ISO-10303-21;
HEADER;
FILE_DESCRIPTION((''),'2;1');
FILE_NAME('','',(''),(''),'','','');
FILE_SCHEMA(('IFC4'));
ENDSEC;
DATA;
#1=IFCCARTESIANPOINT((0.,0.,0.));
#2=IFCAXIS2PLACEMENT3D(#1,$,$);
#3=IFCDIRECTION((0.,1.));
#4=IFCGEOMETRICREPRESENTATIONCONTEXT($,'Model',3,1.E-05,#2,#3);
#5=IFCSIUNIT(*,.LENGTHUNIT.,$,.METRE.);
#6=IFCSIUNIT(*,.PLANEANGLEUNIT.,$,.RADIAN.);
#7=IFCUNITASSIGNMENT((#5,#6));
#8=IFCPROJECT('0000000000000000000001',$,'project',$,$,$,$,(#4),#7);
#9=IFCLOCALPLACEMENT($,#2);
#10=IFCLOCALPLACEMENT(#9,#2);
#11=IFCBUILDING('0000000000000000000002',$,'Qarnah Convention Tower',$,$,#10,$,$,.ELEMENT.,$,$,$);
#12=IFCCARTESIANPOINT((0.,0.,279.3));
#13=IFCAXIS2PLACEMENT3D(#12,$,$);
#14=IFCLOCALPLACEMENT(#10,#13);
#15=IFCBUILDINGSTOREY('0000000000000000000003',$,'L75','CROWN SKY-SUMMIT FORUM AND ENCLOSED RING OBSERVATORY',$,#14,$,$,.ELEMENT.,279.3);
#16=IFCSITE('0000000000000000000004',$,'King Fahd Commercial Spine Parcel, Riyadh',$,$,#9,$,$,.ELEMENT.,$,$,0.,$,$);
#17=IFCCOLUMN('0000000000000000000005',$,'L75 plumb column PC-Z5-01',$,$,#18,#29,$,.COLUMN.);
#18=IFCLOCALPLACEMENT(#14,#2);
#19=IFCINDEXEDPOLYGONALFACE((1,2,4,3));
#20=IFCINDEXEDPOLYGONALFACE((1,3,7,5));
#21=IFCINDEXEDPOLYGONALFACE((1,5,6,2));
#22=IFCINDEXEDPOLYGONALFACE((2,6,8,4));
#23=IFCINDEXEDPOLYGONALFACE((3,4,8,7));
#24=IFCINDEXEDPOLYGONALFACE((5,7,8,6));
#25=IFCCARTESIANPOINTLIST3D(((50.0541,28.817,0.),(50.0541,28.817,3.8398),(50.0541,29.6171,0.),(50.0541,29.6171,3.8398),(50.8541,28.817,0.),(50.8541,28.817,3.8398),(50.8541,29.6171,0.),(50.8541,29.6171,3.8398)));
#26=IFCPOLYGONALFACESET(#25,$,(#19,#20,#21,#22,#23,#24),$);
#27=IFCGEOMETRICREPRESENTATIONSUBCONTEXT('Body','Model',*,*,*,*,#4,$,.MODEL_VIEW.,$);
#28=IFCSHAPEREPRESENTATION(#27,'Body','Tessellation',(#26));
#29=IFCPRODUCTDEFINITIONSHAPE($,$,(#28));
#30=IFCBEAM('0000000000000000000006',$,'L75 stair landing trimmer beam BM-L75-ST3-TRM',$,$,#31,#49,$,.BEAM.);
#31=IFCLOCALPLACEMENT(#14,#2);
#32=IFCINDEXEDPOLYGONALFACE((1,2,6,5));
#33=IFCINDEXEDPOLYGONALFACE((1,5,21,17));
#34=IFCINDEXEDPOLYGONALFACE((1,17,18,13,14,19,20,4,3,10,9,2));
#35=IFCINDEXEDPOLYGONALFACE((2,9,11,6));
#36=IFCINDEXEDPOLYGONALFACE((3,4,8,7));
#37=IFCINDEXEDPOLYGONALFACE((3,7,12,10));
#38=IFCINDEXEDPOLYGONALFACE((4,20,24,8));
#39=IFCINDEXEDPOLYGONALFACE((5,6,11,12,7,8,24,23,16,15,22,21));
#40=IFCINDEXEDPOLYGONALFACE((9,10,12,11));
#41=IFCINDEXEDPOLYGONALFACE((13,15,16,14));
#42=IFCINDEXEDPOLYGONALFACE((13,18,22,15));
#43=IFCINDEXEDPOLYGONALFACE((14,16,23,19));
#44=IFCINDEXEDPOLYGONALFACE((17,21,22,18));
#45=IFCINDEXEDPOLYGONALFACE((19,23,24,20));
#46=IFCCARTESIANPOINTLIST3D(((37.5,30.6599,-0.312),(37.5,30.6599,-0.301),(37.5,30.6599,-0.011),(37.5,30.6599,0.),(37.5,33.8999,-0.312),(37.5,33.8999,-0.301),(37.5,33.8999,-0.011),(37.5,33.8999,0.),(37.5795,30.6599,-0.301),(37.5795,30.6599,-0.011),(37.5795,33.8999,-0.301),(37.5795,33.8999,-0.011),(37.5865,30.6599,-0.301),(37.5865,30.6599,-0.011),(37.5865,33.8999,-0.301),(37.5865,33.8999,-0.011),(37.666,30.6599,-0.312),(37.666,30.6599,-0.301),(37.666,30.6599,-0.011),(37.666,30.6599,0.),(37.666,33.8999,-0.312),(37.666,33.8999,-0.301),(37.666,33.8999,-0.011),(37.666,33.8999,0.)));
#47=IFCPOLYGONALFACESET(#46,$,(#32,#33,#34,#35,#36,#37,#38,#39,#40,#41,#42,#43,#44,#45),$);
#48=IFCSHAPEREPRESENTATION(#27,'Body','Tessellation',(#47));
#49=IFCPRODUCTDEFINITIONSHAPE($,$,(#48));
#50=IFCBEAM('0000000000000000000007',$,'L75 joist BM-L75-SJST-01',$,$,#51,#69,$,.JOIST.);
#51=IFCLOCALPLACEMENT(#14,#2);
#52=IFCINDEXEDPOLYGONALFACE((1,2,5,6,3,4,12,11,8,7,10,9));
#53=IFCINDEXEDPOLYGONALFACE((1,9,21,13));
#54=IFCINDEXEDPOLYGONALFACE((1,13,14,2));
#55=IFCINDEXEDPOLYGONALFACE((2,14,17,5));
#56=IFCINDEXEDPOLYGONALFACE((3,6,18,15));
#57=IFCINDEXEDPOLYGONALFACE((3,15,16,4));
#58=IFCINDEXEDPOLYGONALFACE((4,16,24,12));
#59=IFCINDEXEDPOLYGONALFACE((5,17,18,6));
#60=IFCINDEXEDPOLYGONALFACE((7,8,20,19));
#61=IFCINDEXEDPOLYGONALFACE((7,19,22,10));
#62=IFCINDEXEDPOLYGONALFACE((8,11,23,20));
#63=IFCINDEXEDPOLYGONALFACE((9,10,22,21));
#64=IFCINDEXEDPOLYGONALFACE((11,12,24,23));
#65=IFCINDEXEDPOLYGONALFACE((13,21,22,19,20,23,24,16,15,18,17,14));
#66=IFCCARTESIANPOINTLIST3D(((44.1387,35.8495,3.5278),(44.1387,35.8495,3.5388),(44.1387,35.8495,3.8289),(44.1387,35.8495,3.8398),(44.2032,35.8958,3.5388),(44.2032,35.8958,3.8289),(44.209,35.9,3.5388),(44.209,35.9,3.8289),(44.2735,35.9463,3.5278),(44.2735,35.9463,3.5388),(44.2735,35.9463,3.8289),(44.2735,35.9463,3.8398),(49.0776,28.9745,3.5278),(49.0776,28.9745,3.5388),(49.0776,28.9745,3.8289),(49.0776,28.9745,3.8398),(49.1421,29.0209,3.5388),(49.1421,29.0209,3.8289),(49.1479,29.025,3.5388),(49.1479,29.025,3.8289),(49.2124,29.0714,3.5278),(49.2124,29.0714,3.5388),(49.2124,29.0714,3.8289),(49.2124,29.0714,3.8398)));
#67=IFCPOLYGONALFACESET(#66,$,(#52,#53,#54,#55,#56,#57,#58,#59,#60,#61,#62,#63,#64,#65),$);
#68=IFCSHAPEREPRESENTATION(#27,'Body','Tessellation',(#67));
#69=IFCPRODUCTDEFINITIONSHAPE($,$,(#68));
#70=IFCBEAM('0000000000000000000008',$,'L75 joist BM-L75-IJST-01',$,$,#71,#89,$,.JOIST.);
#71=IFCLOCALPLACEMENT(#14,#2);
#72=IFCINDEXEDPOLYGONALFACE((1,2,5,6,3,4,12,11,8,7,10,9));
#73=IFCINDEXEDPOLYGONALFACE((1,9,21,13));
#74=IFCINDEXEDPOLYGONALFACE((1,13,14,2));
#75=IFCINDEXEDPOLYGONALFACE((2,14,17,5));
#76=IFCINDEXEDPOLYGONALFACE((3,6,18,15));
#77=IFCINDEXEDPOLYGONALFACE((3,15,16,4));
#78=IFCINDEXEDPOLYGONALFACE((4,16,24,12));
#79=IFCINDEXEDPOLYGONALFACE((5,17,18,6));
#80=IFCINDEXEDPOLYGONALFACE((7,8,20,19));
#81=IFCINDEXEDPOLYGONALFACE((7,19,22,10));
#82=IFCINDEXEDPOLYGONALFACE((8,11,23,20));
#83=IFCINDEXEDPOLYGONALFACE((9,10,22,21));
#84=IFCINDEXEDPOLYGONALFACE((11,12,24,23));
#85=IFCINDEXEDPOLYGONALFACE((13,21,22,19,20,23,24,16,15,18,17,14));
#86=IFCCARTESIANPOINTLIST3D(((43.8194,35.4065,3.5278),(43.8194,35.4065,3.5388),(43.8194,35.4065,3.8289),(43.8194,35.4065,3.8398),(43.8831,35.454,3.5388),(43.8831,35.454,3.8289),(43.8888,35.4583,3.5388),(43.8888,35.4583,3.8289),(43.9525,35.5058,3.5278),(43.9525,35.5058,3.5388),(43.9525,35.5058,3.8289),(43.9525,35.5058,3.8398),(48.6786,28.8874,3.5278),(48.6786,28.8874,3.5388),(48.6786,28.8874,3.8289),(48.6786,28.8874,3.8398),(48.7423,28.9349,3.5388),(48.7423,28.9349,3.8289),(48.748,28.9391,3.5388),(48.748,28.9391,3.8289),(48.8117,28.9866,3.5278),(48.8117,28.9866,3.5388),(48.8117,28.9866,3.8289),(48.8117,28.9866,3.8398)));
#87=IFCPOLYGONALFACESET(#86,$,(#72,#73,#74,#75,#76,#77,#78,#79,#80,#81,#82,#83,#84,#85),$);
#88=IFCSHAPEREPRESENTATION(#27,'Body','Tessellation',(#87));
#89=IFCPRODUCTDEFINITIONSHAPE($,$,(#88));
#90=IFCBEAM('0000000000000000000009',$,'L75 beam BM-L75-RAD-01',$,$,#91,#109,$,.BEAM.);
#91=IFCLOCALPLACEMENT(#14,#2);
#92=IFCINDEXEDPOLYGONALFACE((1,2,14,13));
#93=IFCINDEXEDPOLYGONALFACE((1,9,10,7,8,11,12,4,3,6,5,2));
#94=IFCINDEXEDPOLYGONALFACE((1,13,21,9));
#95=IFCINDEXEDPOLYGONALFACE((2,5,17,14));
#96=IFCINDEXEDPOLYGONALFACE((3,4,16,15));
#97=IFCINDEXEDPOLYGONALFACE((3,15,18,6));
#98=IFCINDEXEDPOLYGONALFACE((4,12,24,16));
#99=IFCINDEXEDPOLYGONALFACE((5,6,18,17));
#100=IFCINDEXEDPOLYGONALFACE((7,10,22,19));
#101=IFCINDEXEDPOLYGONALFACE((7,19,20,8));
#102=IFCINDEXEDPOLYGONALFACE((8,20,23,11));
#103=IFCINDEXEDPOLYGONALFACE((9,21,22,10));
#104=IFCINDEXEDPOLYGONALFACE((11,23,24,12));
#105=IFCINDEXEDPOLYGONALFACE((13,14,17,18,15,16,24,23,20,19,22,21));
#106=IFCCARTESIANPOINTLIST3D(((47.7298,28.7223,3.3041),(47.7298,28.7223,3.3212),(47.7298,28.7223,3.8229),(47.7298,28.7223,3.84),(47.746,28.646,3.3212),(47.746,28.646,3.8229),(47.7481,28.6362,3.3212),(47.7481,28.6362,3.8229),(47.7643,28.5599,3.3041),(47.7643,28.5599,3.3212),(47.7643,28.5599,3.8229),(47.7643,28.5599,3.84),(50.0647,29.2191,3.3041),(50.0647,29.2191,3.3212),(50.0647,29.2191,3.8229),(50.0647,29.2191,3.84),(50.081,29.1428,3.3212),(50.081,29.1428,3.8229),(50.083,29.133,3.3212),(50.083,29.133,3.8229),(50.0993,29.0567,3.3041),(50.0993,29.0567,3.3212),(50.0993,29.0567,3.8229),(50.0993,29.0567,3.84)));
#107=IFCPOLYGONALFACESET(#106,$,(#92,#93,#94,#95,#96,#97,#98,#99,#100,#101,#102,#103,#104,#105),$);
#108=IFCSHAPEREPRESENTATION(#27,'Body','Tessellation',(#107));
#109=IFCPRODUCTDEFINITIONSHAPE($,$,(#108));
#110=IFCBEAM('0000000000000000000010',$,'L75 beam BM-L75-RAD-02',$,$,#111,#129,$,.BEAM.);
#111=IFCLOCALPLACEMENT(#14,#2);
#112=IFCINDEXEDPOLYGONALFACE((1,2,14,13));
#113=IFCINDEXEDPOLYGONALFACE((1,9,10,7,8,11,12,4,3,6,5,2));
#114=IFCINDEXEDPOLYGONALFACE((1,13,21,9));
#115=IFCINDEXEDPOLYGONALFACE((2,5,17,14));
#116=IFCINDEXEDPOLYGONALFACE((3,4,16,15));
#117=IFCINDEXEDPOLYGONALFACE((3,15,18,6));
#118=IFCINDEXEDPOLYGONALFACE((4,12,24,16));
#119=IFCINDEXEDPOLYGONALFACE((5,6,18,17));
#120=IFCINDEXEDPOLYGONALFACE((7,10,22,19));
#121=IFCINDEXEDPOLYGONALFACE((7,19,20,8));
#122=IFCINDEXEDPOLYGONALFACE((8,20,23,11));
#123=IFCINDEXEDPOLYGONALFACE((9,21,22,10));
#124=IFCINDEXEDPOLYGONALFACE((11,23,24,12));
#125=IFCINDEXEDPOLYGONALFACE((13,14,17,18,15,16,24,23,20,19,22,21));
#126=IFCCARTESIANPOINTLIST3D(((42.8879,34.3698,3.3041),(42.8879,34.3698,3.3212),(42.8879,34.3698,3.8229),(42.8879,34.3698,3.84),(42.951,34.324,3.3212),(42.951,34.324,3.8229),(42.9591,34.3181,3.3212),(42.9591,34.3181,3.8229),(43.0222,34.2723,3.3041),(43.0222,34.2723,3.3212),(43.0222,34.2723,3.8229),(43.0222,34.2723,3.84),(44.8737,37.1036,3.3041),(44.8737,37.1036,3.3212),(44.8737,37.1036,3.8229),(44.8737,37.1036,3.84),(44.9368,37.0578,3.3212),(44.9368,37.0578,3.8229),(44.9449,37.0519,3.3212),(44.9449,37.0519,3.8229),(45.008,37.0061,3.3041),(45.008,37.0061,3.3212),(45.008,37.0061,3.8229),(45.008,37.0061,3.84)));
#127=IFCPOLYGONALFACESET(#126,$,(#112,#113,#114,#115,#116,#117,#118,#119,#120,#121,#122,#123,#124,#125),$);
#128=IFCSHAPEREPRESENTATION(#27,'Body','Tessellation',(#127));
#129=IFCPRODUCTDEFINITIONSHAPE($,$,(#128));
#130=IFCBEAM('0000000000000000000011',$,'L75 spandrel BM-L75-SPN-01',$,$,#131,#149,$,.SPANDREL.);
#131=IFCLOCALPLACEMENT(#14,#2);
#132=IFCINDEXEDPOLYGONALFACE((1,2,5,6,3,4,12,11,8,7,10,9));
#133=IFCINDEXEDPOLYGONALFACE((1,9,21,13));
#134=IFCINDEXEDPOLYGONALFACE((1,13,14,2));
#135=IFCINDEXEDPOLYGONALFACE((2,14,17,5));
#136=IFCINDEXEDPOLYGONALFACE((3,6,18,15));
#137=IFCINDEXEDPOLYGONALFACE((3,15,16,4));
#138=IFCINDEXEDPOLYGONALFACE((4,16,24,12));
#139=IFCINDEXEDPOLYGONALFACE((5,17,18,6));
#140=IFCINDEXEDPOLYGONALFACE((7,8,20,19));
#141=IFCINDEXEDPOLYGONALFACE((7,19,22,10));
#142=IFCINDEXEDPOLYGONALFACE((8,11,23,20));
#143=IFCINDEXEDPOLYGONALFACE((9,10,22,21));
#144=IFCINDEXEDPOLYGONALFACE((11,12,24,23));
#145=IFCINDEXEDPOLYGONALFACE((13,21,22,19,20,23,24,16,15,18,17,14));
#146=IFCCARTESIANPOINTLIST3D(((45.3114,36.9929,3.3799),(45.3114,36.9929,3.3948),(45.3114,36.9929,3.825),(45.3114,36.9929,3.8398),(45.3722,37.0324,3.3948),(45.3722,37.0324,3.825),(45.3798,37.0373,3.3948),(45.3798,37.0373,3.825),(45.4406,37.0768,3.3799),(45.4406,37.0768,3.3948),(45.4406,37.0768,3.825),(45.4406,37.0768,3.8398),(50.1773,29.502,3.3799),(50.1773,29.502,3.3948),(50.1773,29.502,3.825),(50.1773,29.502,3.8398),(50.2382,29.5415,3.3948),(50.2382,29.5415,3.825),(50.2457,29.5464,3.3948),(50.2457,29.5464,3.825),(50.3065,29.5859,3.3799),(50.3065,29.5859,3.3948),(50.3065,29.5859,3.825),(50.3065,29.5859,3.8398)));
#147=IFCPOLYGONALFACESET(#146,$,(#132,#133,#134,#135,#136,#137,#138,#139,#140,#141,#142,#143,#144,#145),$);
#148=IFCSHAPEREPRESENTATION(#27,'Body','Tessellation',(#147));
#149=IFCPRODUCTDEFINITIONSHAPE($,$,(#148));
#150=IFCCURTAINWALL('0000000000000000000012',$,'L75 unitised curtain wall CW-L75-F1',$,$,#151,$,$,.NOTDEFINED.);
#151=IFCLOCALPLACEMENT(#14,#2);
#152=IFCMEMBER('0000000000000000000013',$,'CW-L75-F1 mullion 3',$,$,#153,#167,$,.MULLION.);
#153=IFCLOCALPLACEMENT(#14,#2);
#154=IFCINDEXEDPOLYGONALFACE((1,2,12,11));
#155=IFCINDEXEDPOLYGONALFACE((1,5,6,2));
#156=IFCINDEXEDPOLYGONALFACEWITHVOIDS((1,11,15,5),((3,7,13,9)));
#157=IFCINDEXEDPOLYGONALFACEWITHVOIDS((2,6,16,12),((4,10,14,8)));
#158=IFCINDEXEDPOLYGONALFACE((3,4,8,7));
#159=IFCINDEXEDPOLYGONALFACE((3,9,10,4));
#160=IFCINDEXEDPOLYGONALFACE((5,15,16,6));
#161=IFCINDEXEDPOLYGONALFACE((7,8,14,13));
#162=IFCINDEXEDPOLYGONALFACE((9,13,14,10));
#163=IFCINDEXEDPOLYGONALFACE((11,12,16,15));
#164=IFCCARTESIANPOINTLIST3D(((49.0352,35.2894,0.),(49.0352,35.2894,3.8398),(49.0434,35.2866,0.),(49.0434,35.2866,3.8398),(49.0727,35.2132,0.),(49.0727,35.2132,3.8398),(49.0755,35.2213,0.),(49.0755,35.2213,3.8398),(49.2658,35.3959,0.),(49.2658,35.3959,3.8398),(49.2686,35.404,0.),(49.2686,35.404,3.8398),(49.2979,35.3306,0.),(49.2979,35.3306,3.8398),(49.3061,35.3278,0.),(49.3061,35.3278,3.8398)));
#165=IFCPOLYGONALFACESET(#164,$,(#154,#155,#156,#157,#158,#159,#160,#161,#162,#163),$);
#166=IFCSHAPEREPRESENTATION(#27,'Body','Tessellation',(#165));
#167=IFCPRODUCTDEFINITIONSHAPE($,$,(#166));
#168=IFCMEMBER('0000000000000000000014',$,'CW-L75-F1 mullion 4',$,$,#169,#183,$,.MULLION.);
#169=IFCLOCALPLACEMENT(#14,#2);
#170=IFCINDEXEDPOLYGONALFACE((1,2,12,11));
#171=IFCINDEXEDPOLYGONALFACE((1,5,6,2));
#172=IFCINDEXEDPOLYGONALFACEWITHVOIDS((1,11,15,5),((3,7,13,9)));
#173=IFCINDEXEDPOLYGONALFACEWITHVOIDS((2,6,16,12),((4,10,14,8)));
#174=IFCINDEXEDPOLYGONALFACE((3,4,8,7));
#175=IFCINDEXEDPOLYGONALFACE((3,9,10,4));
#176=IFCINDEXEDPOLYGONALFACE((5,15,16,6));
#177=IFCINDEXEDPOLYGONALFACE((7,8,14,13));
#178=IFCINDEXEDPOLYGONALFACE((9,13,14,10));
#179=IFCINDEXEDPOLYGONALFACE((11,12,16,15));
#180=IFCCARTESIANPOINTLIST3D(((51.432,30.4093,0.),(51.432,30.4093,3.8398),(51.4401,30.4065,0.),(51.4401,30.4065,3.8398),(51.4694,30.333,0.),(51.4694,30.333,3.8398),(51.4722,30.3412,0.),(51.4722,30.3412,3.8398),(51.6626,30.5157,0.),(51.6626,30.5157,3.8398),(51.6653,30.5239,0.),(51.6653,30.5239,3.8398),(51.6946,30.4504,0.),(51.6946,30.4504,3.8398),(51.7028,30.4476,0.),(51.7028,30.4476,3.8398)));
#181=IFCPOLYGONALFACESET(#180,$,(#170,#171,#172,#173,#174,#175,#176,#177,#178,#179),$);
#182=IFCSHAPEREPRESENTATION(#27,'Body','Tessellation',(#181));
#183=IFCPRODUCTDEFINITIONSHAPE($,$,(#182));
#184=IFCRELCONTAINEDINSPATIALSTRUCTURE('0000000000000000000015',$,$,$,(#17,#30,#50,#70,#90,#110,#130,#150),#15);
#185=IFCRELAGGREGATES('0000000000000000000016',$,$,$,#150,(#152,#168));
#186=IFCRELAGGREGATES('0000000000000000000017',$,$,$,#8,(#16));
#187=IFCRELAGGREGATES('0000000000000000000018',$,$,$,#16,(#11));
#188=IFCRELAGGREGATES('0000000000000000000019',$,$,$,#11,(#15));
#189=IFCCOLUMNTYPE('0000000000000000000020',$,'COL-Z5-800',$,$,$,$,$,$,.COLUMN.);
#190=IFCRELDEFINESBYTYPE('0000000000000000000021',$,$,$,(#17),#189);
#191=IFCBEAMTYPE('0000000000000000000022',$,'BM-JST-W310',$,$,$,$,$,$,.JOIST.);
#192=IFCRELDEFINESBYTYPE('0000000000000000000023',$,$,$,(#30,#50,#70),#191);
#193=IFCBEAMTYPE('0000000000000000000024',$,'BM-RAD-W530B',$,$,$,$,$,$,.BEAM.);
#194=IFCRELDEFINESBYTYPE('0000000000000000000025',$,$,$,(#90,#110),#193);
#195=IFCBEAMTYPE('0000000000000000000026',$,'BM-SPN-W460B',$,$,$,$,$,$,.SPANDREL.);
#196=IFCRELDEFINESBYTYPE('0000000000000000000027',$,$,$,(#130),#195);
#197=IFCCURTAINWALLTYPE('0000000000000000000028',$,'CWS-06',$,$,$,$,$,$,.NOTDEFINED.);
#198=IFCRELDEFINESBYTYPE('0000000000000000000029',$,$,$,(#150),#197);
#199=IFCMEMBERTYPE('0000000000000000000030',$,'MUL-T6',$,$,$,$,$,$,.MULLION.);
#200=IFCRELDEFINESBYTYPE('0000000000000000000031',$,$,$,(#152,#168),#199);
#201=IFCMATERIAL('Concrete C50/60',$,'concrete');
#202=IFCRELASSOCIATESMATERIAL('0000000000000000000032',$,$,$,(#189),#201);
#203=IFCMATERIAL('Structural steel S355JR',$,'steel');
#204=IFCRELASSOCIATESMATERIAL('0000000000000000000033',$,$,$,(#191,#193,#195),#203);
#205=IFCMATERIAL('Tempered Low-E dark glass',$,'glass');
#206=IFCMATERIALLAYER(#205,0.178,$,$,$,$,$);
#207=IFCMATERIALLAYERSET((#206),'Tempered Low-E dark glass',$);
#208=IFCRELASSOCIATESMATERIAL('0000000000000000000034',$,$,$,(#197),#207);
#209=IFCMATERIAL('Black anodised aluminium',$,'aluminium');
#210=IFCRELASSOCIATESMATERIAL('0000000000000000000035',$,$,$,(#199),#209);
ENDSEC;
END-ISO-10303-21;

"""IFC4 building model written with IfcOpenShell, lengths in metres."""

from ifc_helpers import new_model, si_unit, direction, frame, origin, origin_2d, place, context, subcontext, project, spatial, rectangle, hollow_rectangle, i_section, extrude, material, layer, layer_set, material_profile, profile_set, type_object, element, aggregate, save


model = new_model("IFC4")

# Units and contexts
model_context = context("Model", 3, precision=1e-05, world=origin(), true_north=direction((0.0, 1.0)))
body_context = subcontext(model_context, "Body", "Model", "MODEL_VIEW")
ifc_project = project(units=[si_unit("LENGTHUNIT", "METRE"), si_unit("PLANEANGLEUNIT", "RADIAN")], contexts=[model_context])

# Site, building, storey
site_placement = place(None, origin())
site = spatial("IfcSite", under=ifc_project, at=site_placement, Name="King Fahd Commercial Spine Parcel, Riyadh", CompositionType="ELEMENT", RefElevation=0.0)
building_placement = place(site_placement, origin())
building = spatial("IfcBuilding", under=site, at=building_placement, Name="Qarnah Convention Tower", CompositionType="ELEMENT")
storey_placement = place(building_placement, frame((0.0, 0.0, 279.3)))
storey = spatial("IfcBuildingStorey", under=building, at=storey_placement, Name="L75", Description="CROWN SKY-SUMMIT FORUM AND ENCLOSED RING OBSERVATORY", CompositionType="ELEMENT", Elevation=279.3)

# Column
ifc_material_1 = material(Name="Concrete C50/60", Category="concrete")
ifc_material_profile_1 = material_profile(ifc_material_1, rectangle(XDim=0.8, YDim=0.8, at=origin_2d()), Name="RC-COL-800X800")
ifc_profile_set_1 = profile_set([ifc_material_profile_1], Name="Concrete C50/60")
column_type = type_object("IfcColumnType", Name="COL-Z5-800", PredefinedType="COLUMN", material=ifc_profile_set_1)
column_placement = place(storey_placement, frame((50.4541, 29.217, 0.0), z_axis=(0.0, 0.0, 1.0), x_axis=(1.0, 0.0, 0.0)))
element("IfcColumn", 1, at=column_placement, inside=storey, type_object=column_type, Name="L75 plumb column PC-Z5-01", PredefinedType="COLUMN", context=body_context, shape_type="SweptSolid", body=[
    extrude(rectangle(XDim=0.8, YDim=0.8, at=origin_2d()), origin(), (0.0, 0.0, 1.0), 3.8398),
])

# Beams
ifc_material_2 = material(Name="Structural steel S355JR", Category="steel")
ifc_material_profile_2 = material_profile(ifc_material_2, i_section(OverallWidth=0.166, OverallDepth=0.312, WebThickness=0.0071, FlangeThickness=0.011, at=origin_2d()), Name="W310X45")
ifc_profile_set_2 = profile_set([ifc_material_profile_2], Name="Structural steel S355JR")
beam_type_1 = type_object("IfcBeamType", Name="BM-JST-W310", PredefinedType="JOIST", material=ifc_profile_set_2)
beam_1_placement = place(storey_placement, frame((37.583, 30.6599, -0.156), z_axis=(0.0, 1.0, 0.0), x_axis=(-1.0, 0.0, 0.0)))
element("IfcBeam", 2, at=beam_1_placement, inside=storey, type_object=beam_type_1, Name="L75 stair landing trimmer beam BM-L75-ST3-TRM", PredefinedType="BEAM", context=body_context, shape_type="SweptSolid", body=[
    extrude(i_section(OverallWidth=0.166, OverallDepth=0.312, WebThickness=0.0071, FlangeThickness=0.011, at=origin_2d()), origin(), (0.0, 0.0, 1.0), 3.24),
])
beam_2_placement = place(storey_placement, frame((49.145, 29.0229, 3.6838), z_axis=(-0.583446, 0.812152, 0.0), x_axis=(-0.812152, -0.583446, 0.0)))
element("IfcBeam", 3, at=beam_2_placement, inside=storey, type_object=beam_type_1, Name="L75 joist BM-L75-SJST-01", PredefinedType="JOIST", context=body_context, shape_type="SweptSolid", body=[
    extrude(i_section(OverallWidth=0.166, OverallDepth=0.312, WebThickness=0.0071, FlangeThickness=0.011, at=origin_2d()), origin(), (0.0, 0.0, 1.0), 8.4651),
])
beam_3_placement = place(storey_placement, frame((48.7451, 28.937, 3.6838), z_axis=(-0.597624, 0.801776, 0.0), x_axis=(-0.801776, -0.597624, 0.0)))
element("IfcBeam", 4, at=beam_3_placement, inside=storey, type_object=beam_type_1, Name="L75 joist BM-L75-IJST-01", PredefinedType="JOIST", context=body_context, shape_type="SweptSolid", body=[
    extrude(i_section(OverallWidth=0.166, OverallDepth=0.312, WebThickness=0.0071, FlangeThickness=0.011, at=origin_2d()), origin(), (0.0, 0.0, 1.0), 8.1309),
])
ifc_material_profile_3 = material_profile(ifc_material_2, i_section(OverallWidth=0.166, OverallDepth=0.5359, WebThickness=0.01, FlangeThickness=0.0171, at=origin_2d()), Name="W530X85")
ifc_profile_set_3 = profile_set([ifc_material_profile_3], Name="Structural steel S355JR")
beam_type_2 = type_object("IfcBeamType", Name="BM-RAD-W530B", PredefinedType="BEAM", material=ifc_profile_set_3)
beam_4_placement = place(storey_placement, frame((47.7471, 28.6411, 3.572), z_axis=(0.978104, 0.208118, 0.0), x_axis=(-0.208118, 0.978104, 0.0)))
element("IfcBeam", 5, at=beam_4_placement, inside=storey, type_object=beam_type_2, Name="L75 beam BM-L75-RAD-01", PredefinedType="BEAM", context=body_context, shape_type="SweptSolid", body=[
    extrude(i_section(OverallWidth=0.166, OverallDepth=0.5359, WebThickness=0.01, FlangeThickness=0.0171, at=origin_2d()), origin(), (0.0, 0.0, 1.0), 2.3872),
])
beam_5_placement = place(storey_placement, frame((42.9551, 34.321, 3.572), z_axis=(0.587699, 0.80908, 0.0), x_axis=(-0.80908, 0.587699, 0.0)))
element("IfcBeam", 6, at=beam_5_placement, inside=storey, type_object=beam_type_2, Name="L75 beam BM-L75-RAD-02", PredefinedType="BEAM", context=body_context, shape_type="SweptSolid", body=[
    extrude(i_section(OverallWidth=0.166, OverallDepth=0.5359, WebThickness=0.01, FlangeThickness=0.0171, at=origin_2d()), origin(), (0.0, 0.0, 1.0), 3.3789),
])
ifc_material_profile_4 = material_profile(ifc_material_2, i_section(OverallWidth=0.1541, OverallDepth=0.46, WebThickness=0.009, FlangeThickness=0.0149, at=origin_2d()), Name="W460X68")
ifc_profile_set_4 = profile_set([ifc_material_profile_4], Name="Structural steel S355JR")
beam_type_3 = type_object("IfcBeamType", Name="BM-SPN-W460B", PredefinedType="SPANDREL", material=ifc_profile_set_4)
beam_6_placement = place(storey_placement, frame((50.2419, 29.5439, 3.6099), z_axis=(-0.54474, 0.838605, 0.0), x_axis=(-0.838605, -0.54474, 0.0)))
element("IfcBeam", 7, at=beam_6_placement, inside=storey, type_object=beam_type_3, Name="L75 spandrel BM-L75-SPN-01", PredefinedType="SPANDREL", context=body_context, shape_type="SweptSolid", body=[
    extrude(i_section(OverallWidth=0.1541, OverallDepth=0.46, WebThickness=0.009, FlangeThickness=0.0149, at=origin_2d()), origin(), (0.0, 0.0, 1.0), 8.9326),
])

# Curtain wall, members
ifc_material_3 = material(Name="Tempered Low-E dark glass", Category="glass")
ifc_layer_1 = layer(ifc_material_3, 0.178)
ifc_layer_set_1 = layer_set([ifc_layer_1], Name="Tempered Low-E dark glass")
curtain_wall_type = type_object("IfcCurtainWallType", Name="CWS-06", PredefinedType="NOTDEFINED", material=ifc_layer_set_1)
curtain_wall_placement = place(storey_placement, origin())
curtain_wall = element("IfcCurtainWall", 8, at=curtain_wall_placement, inside=storey, type_object=curtain_wall_type, Name="L75 unitised curtain wall CW-L75-F1", PredefinedType="NOTDEFINED")
ifc_material_4 = material(Name="Black anodised aluminium", Category="aluminium")
ifc_material_profile_5 = material_profile(ifc_material_4, hollow_rectangle(XDim=0.085, YDim=0.26, WallThickness=0.0061, at=origin_2d()), Name="MUL-85X260")
ifc_profile_set_5 = profile_set([ifc_material_profile_5], Name="Black anodised aluminium")
member_type = type_object("IfcMemberType", Name="MUL-T6", PredefinedType="MULLION", material=ifc_profile_set_5)
member_1_placement = place(storey_placement, frame((49.1707, 35.3086, 0.0), z_axis=(0.0, 0.0, 1.0), x_axis=(0.440831, -0.89759, 0.0)))
member_1 = element("IfcMember", 9, at=member_1_placement, type_object=member_type, Name="CW-L75-F1 mullion 3", PredefinedType="MULLION", context=body_context, shape_type="SweptSolid", body=[
    extrude(hollow_rectangle(XDim=0.085, YDim=0.26, WallThickness=0.0061, at=origin_2d()), origin(), (0.0, 0.0, 1.0), 3.8398),
])
member_2_placement = place(storey_placement, frame((51.5674, 30.4285, 0.0), z_axis=(0.0, 0.0, 1.0), x_axis=(0.440831, -0.89759, 0.0)))
member_2 = element("IfcMember", 10, at=member_2_placement, type_object=member_type, Name="CW-L75-F1 mullion 4", PredefinedType="MULLION", context=body_context, shape_type="SweptSolid", body=[
    extrude(hollow_rectangle(XDim=0.085, YDim=0.26, WallThickness=0.0061, at=origin_2d()), origin(), (0.0, 0.0, 1.0), 3.8398),
])
aggregate(curtain_wall, [member_1, member_2])

save(model, "model.ifc")
